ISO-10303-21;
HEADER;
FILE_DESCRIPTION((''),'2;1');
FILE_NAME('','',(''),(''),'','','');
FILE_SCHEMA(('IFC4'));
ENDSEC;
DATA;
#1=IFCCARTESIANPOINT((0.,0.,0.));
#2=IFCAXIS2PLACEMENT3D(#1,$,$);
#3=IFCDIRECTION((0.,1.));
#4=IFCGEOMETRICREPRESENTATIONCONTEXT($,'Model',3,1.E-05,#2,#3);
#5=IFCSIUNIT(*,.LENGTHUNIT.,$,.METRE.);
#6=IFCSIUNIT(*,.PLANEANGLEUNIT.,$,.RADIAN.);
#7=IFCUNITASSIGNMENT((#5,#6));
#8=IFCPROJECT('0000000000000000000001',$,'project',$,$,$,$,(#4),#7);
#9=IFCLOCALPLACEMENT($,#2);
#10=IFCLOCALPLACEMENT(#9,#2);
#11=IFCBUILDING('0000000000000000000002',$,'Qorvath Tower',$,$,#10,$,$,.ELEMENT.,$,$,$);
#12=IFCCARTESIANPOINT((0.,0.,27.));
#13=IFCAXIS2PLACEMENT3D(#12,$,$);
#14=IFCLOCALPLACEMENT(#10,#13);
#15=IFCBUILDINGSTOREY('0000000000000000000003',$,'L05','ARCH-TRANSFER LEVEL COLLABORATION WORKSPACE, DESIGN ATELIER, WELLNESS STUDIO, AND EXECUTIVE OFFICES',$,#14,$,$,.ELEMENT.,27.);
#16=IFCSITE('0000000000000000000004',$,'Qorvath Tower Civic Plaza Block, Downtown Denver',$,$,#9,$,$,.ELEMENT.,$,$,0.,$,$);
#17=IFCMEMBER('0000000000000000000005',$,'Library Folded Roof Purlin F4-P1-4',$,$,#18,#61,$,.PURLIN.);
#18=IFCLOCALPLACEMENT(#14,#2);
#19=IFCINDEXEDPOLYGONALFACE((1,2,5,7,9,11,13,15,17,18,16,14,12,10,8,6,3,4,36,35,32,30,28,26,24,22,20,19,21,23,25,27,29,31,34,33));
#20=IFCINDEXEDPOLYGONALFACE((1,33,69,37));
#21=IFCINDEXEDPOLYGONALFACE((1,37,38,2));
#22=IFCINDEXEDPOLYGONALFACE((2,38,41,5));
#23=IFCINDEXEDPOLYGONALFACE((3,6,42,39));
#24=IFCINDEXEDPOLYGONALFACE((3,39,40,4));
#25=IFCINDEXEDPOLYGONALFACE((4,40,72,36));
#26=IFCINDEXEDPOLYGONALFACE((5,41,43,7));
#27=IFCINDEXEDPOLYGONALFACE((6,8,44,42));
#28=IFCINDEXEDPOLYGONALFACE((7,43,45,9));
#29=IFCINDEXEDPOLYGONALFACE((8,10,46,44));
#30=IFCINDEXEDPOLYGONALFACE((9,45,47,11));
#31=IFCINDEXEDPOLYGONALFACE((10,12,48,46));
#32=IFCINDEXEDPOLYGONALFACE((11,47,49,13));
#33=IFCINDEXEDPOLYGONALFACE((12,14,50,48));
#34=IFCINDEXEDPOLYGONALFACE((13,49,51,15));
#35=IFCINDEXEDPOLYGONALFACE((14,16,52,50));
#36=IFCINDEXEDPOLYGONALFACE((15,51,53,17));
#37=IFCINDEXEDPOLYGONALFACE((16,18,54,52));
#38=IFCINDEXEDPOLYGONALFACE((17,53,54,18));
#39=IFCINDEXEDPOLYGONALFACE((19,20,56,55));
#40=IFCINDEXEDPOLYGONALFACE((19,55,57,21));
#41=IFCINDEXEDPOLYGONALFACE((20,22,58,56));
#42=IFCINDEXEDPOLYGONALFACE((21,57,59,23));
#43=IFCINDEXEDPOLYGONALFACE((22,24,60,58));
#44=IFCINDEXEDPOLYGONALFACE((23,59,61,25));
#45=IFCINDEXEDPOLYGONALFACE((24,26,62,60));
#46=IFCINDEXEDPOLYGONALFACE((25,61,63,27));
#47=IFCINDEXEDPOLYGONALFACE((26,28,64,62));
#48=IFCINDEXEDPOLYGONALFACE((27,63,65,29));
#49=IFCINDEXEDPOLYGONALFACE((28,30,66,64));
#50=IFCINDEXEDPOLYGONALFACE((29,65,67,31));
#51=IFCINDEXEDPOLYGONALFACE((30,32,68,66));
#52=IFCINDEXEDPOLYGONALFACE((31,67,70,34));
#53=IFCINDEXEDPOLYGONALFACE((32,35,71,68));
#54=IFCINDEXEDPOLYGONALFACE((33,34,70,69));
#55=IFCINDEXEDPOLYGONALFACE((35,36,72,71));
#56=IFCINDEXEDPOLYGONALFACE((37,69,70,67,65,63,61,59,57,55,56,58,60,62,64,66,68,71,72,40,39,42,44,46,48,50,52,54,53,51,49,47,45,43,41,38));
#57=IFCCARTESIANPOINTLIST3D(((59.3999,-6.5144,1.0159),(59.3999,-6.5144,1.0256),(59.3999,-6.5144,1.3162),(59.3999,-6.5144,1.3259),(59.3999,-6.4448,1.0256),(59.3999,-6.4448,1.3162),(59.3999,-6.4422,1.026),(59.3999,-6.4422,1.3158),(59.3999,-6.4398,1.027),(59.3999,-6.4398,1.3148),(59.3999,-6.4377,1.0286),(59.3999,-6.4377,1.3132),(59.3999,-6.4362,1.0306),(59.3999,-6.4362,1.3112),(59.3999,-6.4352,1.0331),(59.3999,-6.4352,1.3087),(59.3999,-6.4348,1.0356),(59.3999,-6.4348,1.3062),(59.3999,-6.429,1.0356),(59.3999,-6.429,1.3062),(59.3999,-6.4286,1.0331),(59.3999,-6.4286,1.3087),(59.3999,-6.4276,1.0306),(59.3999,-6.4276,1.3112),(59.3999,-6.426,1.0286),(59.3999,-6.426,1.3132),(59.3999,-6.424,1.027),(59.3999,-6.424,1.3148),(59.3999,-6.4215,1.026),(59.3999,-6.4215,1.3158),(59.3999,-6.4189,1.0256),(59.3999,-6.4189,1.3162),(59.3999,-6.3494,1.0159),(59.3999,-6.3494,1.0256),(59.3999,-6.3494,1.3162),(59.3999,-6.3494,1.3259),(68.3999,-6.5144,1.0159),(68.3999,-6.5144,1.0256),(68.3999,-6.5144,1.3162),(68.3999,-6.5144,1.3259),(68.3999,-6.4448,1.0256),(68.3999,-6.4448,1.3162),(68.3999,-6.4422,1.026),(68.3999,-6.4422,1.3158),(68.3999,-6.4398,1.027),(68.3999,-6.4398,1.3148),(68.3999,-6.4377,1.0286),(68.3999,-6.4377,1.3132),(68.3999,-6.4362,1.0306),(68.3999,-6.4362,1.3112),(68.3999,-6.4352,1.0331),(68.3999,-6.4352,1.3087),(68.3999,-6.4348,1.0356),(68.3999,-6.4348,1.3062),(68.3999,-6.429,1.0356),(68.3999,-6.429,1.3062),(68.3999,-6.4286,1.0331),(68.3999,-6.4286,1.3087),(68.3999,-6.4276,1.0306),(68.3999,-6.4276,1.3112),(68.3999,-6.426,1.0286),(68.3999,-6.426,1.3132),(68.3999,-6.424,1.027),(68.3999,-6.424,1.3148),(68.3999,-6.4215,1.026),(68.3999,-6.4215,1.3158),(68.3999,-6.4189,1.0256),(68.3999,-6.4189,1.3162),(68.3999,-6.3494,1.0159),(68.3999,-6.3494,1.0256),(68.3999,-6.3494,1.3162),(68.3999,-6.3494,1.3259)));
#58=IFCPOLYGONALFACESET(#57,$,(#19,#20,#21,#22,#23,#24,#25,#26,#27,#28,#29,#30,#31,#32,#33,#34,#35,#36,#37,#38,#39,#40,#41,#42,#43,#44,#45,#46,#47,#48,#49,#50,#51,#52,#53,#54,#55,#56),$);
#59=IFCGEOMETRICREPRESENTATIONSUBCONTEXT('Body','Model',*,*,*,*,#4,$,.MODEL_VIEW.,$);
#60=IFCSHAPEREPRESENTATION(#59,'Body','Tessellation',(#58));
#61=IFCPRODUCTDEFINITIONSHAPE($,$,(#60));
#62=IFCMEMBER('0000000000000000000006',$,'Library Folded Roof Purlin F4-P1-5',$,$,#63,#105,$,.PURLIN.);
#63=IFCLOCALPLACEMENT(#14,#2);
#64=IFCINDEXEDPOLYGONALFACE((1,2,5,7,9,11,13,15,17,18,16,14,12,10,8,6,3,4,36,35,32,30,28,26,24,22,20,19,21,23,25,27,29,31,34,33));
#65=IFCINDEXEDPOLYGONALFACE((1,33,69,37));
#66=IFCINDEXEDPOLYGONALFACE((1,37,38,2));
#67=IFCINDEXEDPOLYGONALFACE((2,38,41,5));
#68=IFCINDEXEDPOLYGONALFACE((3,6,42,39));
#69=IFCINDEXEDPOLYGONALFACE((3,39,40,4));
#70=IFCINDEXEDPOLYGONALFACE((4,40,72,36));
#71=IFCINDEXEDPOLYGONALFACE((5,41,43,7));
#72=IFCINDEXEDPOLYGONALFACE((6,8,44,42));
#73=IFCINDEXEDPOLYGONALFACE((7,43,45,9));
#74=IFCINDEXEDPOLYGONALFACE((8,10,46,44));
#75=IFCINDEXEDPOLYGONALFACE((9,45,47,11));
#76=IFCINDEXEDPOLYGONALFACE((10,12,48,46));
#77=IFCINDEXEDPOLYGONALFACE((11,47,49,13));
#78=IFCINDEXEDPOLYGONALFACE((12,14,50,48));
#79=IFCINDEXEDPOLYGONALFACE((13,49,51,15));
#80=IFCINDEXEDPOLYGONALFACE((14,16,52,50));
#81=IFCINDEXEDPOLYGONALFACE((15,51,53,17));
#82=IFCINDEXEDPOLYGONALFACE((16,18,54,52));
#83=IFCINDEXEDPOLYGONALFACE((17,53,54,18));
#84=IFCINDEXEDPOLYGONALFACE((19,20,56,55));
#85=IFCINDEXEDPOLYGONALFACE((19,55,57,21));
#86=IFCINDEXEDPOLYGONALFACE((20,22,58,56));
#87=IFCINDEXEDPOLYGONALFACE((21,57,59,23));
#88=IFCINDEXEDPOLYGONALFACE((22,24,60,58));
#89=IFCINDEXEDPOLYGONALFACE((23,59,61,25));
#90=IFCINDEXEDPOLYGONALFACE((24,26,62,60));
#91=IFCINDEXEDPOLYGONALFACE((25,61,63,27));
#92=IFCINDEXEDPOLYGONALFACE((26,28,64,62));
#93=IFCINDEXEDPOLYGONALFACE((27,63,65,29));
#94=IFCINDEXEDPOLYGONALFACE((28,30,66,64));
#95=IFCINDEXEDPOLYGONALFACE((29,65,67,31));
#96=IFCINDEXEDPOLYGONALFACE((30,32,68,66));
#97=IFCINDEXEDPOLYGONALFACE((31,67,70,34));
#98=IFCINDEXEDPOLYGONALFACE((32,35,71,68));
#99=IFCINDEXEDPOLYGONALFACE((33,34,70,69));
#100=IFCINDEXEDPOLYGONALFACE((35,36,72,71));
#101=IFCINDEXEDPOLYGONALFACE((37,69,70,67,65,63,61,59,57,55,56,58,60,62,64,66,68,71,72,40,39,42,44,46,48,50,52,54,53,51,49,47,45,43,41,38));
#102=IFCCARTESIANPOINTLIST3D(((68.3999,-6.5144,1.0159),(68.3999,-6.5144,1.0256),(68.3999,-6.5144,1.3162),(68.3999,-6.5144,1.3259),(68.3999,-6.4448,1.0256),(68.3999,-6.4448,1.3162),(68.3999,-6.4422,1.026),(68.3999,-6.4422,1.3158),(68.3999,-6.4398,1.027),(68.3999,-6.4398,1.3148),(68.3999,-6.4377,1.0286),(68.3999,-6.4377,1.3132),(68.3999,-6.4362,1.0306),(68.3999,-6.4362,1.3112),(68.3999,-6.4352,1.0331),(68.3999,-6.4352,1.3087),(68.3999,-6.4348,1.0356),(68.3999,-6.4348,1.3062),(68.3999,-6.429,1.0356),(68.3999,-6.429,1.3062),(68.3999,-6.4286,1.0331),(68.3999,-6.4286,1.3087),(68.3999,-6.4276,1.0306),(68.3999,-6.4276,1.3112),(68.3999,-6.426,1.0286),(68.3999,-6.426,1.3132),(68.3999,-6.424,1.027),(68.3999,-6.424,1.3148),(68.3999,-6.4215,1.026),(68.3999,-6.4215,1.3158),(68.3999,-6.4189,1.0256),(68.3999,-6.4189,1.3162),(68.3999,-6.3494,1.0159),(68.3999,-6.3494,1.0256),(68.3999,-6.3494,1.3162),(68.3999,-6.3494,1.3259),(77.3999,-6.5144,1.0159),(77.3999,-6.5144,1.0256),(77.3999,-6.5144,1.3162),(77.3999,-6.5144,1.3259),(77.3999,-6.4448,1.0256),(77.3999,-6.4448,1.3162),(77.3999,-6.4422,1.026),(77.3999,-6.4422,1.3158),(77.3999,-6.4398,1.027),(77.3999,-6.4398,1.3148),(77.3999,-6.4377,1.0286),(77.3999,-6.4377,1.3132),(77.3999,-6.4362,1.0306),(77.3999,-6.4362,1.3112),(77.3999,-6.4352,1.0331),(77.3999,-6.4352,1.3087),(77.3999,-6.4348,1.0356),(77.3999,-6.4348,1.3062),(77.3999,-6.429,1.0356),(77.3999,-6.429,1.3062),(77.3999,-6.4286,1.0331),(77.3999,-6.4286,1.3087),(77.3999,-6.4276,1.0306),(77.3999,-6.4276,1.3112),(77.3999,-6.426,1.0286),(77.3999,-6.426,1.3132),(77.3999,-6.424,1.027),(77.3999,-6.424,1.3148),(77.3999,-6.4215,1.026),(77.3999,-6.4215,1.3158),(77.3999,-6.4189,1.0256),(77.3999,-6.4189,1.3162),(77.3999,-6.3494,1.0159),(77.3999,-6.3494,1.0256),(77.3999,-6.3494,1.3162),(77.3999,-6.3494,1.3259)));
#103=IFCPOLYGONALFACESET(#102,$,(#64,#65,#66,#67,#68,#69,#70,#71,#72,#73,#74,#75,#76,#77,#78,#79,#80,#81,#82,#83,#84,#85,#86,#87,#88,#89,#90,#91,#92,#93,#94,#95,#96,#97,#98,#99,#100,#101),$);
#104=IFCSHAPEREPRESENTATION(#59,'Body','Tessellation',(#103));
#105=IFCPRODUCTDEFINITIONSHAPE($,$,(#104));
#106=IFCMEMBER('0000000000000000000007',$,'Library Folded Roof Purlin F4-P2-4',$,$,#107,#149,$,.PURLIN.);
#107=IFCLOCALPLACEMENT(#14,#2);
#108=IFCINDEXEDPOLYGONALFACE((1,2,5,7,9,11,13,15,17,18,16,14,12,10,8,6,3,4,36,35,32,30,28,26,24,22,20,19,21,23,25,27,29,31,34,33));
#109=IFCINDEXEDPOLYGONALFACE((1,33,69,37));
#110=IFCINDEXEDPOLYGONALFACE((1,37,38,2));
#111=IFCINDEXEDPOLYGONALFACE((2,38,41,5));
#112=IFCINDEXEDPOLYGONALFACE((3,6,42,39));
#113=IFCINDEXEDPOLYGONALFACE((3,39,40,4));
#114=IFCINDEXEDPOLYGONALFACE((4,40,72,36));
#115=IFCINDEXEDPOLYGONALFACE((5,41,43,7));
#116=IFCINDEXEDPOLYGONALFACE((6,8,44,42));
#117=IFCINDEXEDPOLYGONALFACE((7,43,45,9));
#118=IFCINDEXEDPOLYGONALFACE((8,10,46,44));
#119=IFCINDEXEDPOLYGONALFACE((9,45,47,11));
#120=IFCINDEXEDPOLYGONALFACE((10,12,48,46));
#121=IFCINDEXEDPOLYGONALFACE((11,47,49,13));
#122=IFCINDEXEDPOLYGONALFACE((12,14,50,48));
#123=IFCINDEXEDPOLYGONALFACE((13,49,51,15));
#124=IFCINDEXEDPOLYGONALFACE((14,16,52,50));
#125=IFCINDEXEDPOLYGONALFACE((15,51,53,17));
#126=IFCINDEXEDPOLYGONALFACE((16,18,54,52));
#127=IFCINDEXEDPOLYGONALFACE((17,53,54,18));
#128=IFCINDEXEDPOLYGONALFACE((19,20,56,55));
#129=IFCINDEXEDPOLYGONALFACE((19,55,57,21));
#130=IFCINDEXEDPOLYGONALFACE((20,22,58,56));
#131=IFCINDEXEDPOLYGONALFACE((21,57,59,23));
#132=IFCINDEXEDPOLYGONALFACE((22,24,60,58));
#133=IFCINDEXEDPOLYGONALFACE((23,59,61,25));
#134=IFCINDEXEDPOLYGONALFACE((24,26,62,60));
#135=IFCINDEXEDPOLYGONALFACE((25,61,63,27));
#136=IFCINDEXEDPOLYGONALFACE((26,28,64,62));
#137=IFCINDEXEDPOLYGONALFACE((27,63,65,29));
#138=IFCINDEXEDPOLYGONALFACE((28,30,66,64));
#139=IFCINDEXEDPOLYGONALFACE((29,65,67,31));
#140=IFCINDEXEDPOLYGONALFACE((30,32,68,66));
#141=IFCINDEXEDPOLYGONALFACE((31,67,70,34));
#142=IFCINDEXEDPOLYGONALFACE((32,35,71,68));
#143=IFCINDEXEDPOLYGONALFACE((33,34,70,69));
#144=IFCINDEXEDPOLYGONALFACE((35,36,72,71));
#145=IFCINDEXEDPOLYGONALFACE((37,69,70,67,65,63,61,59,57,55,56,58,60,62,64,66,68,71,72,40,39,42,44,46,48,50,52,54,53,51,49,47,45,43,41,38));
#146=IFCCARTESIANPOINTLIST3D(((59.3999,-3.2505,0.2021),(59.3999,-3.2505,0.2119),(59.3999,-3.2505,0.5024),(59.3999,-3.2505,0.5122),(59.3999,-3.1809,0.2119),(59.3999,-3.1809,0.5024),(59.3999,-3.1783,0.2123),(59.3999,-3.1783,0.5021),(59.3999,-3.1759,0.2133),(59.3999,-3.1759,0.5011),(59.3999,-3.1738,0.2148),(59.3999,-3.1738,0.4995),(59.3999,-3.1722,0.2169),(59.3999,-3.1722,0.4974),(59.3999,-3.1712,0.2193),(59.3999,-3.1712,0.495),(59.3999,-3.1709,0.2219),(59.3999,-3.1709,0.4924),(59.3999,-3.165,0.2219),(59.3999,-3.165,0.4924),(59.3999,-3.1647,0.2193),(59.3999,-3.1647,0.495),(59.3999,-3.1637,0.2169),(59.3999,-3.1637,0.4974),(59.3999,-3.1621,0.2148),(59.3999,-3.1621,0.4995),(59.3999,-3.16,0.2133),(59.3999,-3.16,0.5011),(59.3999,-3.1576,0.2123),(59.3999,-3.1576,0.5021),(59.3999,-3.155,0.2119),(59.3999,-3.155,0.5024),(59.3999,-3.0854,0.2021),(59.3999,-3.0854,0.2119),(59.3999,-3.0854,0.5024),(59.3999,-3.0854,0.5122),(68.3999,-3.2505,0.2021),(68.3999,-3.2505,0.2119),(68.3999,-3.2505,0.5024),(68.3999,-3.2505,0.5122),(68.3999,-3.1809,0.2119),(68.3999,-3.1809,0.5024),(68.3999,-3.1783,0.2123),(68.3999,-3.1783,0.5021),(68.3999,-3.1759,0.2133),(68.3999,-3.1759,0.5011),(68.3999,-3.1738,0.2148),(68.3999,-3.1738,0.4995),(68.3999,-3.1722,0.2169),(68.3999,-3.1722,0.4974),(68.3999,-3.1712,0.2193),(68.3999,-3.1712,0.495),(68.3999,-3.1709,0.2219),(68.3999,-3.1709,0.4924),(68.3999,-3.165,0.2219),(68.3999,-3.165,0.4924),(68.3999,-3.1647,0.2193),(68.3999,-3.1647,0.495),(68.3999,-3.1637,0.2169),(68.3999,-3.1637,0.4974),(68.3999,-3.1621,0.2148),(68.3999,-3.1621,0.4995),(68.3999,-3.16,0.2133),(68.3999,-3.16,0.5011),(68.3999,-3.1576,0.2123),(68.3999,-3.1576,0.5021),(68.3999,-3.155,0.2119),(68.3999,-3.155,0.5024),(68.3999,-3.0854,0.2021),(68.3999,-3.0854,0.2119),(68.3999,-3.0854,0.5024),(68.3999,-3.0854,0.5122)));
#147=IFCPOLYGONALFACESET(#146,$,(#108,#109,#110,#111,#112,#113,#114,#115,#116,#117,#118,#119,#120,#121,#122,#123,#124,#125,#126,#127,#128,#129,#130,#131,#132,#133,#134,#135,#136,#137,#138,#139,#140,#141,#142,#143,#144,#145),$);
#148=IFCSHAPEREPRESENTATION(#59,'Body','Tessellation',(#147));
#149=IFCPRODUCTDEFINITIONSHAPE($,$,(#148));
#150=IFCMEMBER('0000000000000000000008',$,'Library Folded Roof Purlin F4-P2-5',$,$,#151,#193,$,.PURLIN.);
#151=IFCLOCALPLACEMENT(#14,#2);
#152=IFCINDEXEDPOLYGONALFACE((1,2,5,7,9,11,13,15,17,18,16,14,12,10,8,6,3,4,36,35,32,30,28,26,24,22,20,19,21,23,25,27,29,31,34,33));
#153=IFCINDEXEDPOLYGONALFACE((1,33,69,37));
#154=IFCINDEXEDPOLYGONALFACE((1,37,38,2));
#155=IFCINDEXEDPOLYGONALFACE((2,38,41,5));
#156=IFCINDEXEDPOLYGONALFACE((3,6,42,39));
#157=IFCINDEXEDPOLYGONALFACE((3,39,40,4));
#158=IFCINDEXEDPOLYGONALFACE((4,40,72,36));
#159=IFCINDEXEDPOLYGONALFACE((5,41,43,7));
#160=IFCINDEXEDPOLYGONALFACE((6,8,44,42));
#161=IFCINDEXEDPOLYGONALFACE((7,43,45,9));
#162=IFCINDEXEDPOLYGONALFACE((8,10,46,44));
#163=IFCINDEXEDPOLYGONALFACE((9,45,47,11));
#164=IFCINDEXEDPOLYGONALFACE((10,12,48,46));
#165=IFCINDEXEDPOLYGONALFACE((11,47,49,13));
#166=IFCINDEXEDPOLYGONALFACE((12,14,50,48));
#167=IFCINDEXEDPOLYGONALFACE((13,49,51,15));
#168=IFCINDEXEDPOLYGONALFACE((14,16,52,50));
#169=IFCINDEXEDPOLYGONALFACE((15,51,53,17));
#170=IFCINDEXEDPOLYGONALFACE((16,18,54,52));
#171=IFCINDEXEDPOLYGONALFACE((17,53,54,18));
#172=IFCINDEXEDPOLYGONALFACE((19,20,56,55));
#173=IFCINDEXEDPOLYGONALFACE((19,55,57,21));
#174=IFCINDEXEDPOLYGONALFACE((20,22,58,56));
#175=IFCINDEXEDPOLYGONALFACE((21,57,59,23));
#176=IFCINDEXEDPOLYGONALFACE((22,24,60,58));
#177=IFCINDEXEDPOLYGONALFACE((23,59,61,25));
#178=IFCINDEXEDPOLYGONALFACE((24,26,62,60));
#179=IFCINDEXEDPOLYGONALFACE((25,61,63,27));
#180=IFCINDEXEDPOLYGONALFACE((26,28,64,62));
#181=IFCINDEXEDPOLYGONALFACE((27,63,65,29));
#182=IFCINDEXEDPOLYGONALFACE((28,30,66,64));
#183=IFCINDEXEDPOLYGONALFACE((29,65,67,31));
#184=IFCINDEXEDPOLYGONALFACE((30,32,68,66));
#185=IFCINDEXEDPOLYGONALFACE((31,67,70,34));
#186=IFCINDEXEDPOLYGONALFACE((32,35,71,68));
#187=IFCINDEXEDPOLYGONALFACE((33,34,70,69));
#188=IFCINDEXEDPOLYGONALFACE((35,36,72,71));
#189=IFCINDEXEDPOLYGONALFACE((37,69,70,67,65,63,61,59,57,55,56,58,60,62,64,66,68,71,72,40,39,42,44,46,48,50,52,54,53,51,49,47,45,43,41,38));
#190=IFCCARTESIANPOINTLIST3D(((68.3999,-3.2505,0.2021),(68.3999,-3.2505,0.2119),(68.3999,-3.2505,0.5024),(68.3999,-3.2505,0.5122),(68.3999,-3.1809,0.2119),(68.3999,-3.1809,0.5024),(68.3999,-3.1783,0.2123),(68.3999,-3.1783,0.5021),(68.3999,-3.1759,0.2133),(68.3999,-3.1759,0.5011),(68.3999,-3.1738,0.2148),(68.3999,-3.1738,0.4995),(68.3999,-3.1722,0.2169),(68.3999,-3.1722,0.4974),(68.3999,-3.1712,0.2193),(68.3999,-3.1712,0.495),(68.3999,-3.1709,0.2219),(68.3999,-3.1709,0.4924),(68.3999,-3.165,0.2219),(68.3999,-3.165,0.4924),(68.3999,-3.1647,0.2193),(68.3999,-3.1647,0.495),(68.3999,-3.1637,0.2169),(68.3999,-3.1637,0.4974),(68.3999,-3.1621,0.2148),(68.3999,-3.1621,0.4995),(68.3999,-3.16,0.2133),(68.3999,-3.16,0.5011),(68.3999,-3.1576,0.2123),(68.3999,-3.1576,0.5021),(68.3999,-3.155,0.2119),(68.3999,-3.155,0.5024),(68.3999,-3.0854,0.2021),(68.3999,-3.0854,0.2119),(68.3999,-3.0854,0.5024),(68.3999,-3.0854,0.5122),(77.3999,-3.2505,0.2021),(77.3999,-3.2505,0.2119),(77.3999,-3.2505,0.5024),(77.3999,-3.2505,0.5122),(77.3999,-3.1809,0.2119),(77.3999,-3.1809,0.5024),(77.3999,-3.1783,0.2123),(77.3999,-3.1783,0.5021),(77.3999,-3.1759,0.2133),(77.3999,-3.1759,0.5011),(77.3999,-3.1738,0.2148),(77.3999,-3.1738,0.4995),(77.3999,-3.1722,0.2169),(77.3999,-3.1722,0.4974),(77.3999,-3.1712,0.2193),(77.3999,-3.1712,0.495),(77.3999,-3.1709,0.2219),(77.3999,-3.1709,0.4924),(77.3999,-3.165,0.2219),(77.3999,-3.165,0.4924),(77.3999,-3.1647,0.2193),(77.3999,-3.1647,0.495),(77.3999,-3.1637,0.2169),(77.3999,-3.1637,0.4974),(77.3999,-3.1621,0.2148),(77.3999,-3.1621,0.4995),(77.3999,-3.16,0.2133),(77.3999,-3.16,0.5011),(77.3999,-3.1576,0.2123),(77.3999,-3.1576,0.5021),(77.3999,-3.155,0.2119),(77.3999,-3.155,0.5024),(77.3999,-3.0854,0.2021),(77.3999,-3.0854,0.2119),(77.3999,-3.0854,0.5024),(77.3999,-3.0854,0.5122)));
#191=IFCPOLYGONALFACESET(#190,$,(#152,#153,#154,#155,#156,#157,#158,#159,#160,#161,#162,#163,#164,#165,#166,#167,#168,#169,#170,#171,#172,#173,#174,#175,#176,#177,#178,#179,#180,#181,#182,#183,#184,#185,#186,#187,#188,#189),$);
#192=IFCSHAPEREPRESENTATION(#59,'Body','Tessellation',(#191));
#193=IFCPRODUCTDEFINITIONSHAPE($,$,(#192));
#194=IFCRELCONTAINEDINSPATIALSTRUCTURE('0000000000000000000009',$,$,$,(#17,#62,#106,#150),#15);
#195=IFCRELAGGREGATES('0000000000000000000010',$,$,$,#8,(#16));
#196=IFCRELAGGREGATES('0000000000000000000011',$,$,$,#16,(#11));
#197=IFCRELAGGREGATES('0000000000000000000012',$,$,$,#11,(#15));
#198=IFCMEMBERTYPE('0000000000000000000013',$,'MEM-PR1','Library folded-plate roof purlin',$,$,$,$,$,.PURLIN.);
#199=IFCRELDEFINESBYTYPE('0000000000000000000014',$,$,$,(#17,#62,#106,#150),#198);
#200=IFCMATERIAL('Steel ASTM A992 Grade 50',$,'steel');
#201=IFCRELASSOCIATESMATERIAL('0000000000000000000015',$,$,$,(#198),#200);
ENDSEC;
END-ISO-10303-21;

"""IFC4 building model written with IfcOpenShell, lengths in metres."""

from ifc_helpers import new_model, si_unit, direction, frame, origin, origin_2d, place, context, subcontext, project, spatial, i_section, extrude, material, material_profile, profile_set, type_object, element, save


model = new_model("IFC4")

# Units and contexts
model_context = context("Model", 3, precision=1e-05, world=origin(), true_north=direction((0.0, 1.0)))
body_context = subcontext(model_context, "Body", "Model", "MODEL_VIEW")
ifc_project = project(units=[si_unit("LENGTHUNIT", "METRE"), si_unit("PLANEANGLEUNIT", "RADIAN")], contexts=[model_context])

# Site, building, storey
site_placement = place(None, origin())
site = spatial("IfcSite", under=ifc_project, at=site_placement, Name="Qorvath Tower Civic Plaza Block, Downtown Denver", CompositionType="ELEMENT", RefElevation=0.0)
building_placement = place(site_placement, origin())
building = spatial("IfcBuilding", under=site, at=building_placement, Name="Qorvath Tower", CompositionType="ELEMENT")
storey_placement = place(building_placement, frame((0.0, 0.0, 27.0)))
storey = spatial("IfcBuildingStorey", under=building, at=storey_placement, Name="L05", Description="ARCH-TRANSFER LEVEL COLLABORATION WORKSPACE, DESIGN ATELIER, WELLNESS STUDIO, AND EXECUTIVE OFFICES", CompositionType="ELEMENT", Elevation=27.0)

# Members
ifc_material_1 = material(Name="Steel ASTM A992 Grade 50", Category="steel")
ifc_material_profile_1 = material_profile(ifc_material_1, i_section(OverallWidth=0.165, OverallDepth=0.3101, WebThickness=0.0059, FlangeThickness=0.0098, FilletRadius=0.01, at=origin_2d()), Name="W12x26")
ifc_profile_set_1 = profile_set([ifc_material_profile_1], Name="Steel ASTM A992 Grade 50")
member_type_1 = type_object("IfcMemberType", Name="MEM-PR1", Description="Library folded-plate roof purlin", PredefinedType="PURLIN", material=ifc_profile_set_1)
for number, where, z_axis, x_axis, name in (
    (1, (59.3999, -6.4319, 1.1709), (1.0, 0.0, 0.0), (0.0, 1.0, 0.0), "Library Folded Roof Purlin F4-P1-4"),
    (2, (68.3999, -6.4319, 1.1709), (1.0, 0.0, 0.0), (0.0, 1.0, 0.0), "Library Folded Roof Purlin F4-P1-5"),
    (3, (59.3999, -3.168, 0.3572), (1.0, 0.0, 0.0), (0.0, 1.0, 0.0), "Library Folded Roof Purlin F4-P2-4"),
    (4, (68.3999, -3.168, 0.3572), (1.0, 0.0, 0.0), (0.0, 1.0, 0.0), "Library Folded Roof Purlin F4-P2-5"),
):
    element("IfcMember", number, at=place(storey_placement, frame(where, z_axis=z_axis, x_axis=x_axis)), inside=storey, type_object=member_type_1, Name=name, PredefinedType="PURLIN", context=body_context, shape_type="SweptSolid", body=[
        extrude(i_section(OverallWidth=0.165, OverallDepth=0.3101, WebThickness=0.0059, FlangeThickness=0.0098, FilletRadius=0.01, at=origin_2d()), origin(), (0.0, 0.0, 1.0), 9.0),
    ])

save(model, "model.ifc")
